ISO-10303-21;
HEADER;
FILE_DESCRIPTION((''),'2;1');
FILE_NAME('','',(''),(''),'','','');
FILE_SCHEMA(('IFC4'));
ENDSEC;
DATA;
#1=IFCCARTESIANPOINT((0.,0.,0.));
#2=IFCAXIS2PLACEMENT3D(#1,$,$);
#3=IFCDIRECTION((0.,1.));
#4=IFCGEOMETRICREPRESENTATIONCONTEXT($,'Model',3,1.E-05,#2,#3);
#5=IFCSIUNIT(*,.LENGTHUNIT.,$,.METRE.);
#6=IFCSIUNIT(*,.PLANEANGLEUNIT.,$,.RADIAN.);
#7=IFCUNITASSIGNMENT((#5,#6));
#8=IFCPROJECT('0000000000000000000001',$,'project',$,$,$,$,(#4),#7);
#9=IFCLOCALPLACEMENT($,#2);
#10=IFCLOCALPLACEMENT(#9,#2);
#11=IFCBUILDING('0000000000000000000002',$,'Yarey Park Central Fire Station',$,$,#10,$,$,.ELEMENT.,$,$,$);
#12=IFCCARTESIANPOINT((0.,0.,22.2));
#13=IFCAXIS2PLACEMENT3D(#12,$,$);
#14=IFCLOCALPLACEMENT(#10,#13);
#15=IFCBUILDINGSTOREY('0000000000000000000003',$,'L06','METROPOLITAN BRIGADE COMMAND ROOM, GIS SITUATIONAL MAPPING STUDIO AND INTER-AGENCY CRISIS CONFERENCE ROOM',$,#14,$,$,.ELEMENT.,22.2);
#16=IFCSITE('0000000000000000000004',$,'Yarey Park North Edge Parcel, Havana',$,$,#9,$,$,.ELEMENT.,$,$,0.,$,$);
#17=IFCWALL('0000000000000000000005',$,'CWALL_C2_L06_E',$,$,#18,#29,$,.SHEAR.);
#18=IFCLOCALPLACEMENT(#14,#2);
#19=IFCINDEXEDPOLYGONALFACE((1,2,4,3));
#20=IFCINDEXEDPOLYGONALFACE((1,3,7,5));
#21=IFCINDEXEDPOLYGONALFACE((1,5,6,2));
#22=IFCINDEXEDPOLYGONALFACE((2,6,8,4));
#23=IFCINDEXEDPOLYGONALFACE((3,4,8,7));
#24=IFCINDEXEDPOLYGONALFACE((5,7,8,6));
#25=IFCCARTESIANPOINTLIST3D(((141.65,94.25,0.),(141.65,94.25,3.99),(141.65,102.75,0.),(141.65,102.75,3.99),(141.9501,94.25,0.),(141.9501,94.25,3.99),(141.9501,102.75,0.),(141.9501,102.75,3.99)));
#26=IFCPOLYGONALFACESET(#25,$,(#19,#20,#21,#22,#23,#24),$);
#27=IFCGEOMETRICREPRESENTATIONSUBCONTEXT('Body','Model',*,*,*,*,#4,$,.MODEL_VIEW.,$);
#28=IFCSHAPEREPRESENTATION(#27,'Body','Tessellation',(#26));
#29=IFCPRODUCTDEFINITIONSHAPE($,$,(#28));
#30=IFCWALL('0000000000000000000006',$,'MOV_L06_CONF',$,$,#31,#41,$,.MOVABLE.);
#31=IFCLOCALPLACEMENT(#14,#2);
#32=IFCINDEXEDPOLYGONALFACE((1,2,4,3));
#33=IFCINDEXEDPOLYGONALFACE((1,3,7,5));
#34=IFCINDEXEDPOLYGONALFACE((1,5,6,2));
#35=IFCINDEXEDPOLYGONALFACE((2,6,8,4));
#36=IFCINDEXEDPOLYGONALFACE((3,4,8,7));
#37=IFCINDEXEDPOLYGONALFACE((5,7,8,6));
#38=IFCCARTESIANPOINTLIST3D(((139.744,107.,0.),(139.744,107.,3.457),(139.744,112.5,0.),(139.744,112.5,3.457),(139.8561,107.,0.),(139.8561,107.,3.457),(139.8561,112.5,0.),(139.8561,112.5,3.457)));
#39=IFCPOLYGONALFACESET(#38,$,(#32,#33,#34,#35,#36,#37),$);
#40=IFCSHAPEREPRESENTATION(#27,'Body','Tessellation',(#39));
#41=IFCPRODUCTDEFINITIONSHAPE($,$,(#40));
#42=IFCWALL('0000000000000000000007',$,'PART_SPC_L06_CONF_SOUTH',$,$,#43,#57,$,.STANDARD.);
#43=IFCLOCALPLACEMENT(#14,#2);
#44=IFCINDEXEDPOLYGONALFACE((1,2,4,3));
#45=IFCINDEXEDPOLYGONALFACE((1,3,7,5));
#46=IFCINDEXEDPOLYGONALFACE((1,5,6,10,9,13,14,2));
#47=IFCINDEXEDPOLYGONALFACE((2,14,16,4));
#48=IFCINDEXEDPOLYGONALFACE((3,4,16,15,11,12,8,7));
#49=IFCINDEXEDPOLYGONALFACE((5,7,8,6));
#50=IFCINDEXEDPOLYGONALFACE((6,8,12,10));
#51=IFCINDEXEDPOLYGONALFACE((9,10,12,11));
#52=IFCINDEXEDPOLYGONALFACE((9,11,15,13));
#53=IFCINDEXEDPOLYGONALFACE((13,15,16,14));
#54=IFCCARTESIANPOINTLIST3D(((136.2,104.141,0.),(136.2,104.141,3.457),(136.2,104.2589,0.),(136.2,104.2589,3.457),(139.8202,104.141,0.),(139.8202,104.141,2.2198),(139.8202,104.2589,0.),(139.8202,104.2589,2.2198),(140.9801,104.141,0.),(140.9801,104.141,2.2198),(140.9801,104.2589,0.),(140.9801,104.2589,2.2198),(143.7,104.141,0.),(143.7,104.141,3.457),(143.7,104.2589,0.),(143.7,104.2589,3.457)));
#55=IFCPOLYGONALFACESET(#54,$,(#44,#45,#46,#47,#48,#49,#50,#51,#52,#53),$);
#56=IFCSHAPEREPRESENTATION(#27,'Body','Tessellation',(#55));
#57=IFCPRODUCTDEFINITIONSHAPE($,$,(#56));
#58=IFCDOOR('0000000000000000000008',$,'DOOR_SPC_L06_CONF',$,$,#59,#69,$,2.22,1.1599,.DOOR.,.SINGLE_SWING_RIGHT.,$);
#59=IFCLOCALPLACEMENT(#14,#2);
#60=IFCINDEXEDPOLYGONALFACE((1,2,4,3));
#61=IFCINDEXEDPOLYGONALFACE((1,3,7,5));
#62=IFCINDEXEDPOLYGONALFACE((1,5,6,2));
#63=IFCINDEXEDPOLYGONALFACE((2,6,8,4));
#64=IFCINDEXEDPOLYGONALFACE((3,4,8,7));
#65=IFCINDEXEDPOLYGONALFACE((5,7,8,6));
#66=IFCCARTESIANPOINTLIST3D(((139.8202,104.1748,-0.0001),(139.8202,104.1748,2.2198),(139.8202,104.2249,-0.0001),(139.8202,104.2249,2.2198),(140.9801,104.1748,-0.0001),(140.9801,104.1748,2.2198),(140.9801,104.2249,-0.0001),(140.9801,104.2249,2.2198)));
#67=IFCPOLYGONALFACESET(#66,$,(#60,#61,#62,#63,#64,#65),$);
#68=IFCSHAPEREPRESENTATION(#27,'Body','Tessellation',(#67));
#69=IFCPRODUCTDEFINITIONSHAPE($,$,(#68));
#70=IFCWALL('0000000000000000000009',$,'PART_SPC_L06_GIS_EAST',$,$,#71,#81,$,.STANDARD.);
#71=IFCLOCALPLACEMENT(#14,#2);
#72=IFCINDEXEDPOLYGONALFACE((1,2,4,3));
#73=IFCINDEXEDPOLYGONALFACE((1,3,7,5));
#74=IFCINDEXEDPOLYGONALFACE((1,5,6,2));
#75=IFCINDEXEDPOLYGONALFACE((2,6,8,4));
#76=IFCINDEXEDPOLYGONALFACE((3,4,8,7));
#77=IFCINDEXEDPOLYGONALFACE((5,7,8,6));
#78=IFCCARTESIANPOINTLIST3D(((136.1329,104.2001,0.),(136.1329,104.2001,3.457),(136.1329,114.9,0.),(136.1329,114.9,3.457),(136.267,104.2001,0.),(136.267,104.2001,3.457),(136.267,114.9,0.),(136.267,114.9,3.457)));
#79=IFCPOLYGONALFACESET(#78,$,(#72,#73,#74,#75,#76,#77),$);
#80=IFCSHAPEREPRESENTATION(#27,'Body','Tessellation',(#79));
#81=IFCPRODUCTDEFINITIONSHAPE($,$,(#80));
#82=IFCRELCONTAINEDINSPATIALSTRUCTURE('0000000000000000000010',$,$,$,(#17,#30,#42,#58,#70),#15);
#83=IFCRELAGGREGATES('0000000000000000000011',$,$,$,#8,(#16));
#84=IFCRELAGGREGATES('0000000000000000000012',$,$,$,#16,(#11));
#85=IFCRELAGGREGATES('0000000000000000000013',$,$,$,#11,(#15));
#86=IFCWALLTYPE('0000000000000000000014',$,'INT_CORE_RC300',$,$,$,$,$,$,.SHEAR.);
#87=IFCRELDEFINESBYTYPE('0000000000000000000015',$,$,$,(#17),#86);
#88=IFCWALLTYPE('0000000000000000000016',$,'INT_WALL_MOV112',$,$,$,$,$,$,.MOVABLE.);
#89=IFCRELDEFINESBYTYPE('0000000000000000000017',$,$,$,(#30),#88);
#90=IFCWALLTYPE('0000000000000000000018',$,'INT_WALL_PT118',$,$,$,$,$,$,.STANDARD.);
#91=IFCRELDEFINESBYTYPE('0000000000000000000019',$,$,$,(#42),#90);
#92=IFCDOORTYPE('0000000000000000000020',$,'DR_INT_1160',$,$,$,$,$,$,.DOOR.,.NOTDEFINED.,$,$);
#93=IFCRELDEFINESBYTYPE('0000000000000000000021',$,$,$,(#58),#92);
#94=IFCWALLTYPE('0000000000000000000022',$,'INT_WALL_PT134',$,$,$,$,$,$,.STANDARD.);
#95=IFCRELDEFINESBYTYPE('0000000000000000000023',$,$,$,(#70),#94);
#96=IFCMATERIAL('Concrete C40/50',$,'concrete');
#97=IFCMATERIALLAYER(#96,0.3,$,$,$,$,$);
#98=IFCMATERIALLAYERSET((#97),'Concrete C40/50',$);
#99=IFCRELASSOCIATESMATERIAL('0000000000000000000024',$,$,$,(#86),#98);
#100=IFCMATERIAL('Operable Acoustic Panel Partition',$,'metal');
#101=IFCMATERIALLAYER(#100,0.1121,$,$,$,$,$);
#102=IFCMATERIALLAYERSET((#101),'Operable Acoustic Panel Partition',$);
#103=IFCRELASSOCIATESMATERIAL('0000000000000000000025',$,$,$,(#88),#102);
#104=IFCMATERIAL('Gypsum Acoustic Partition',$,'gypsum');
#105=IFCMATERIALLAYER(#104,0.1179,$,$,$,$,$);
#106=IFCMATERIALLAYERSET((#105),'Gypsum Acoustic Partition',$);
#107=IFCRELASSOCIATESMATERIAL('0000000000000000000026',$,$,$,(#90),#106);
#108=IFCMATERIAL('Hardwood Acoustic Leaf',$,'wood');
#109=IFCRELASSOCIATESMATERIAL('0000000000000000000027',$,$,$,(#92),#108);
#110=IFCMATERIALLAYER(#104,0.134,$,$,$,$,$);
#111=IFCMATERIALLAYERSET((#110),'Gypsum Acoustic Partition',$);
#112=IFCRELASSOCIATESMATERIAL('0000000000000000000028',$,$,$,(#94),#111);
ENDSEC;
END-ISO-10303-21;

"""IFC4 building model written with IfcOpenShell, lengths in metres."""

from ifc_helpers import new_model, si_unit, direction, frame, frame_2d, origin, place, context, subcontext, project, spatial, rectangle, extrude, material, layer, layer_set, type_object, element, fill, save


model = new_model("IFC4")

# Units and contexts
model_context = context("Model", 3, precision=1e-05, world=origin(), true_north=direction((0.0, 1.0)))
body_context = subcontext(model_context, "Body", "Model", "MODEL_VIEW")
ifc_project = project(units=[si_unit("LENGTHUNIT", "METRE"), si_unit("PLANEANGLEUNIT", "RADIAN")], contexts=[model_context])

# Site, building, storey
site_placement = place(None, origin())
site = spatial("IfcSite", under=ifc_project, at=site_placement, Name="Yarey Park North Edge Parcel, Havana", CompositionType="ELEMENT", RefElevation=0.0)
building_placement = place(site_placement, origin())
building = spatial("IfcBuilding", under=site, at=building_placement, Name="Yarey Park Central Fire Station", CompositionType="ELEMENT")
storey_placement = place(building_placement, frame((0.0, 0.0, 22.2)))
storey = spatial("IfcBuildingStorey", under=building, at=storey_placement, Name="L06", Description="METROPOLITAN BRIGADE COMMAND ROOM, GIS SITUATIONAL MAPPING STUDIO AND INTER-AGENCY CRISIS CONFERENCE ROOM", CompositionType="ELEMENT", Elevation=22.2)

# Shared definitions
ifc_material_1 = material(Name="Concrete C40/50", Category="concrete")

# Shared definitions
ifc_layer_1 = layer(ifc_material_1, 0.3)
ifc_layer_set_1 = layer_set([ifc_layer_1], Name="Concrete C40/50")
wall_type_1 = type_object("IfcWallType", Name="INT_CORE_RC300", PredefinedType="SHEAR", material=ifc_layer_set_1)

# Walls
wall_1_placement = place(storey_placement, frame((141.8, 94.25, 0.0), z_axis=(0.0, 0.0, 1.0), x_axis=(0.0, 1.0, 0.0)))
element("IfcWall", 1, at=wall_1_placement, inside=storey, type_object=wall_type_1, Name="CWALL_C2_L06_E", PredefinedType="SHEAR", context=body_context, shape_type="SweptSolid", body=[
    extrude(rectangle(XDim=8.5, YDim=0.3, at=frame_2d((4.25, 0.0))), origin(), (0.0, 0.0, 1.0), 3.99),
])
ifc_material_2 = material(Name="Operable Acoustic Panel Partition", Category="metal")
ifc_layer_2 = layer(ifc_material_2, 0.1121)
ifc_layer_set_2 = layer_set([ifc_layer_2], Name="Operable Acoustic Panel Partition")
wall_type_2 = type_object("IfcWallType", Name="INT_WALL_MOV112", PredefinedType="MOVABLE", material=ifc_layer_set_2)
wall_2_placement = place(storey_placement, frame((139.8, 107.0, 0.0), z_axis=(0.0, 0.0, 1.0), x_axis=(0.0, 1.0, 0.0)))
element("IfcWall", 2, at=wall_2_placement, inside=storey, type_object=wall_type_2, Name="MOV_L06_CONF", PredefinedType="MOVABLE", context=body_context, shape_type="SweptSolid", body=[
    extrude(rectangle(XDim=5.5, YDim=0.1121, at=frame_2d((2.75, 0.0))), origin(), (0.0, 0.0, 1.0), 3.457),
])

# Wall, opening, door
ifc_material_3 = material(Name="Gypsum Acoustic Partition", Category="gypsum")
ifc_layer_3 = layer(ifc_material_3, 0.1179)
ifc_layer_set_3 = layer_set([ifc_layer_3], Name="Gypsum Acoustic Partition")
wall_type_3 = type_object("IfcWallType", Name="INT_WALL_PT118", PredefinedType="STANDARD", material=ifc_layer_set_3)
wall_3_placement = place(storey_placement, frame((136.2, 104.2, 0.0), z_axis=(0.0, 0.0, 1.0), x_axis=(1.0, 0.0, 0.0)))
wall_3 = element("IfcWall", 3, at=wall_3_placement, inside=storey, type_object=wall_type_3, Name="PART_SPC_L06_CONF_SOUTH", PredefinedType="STANDARD", context=body_context, shape_type="SweptSolid", body=[
    extrude(rectangle(XDim=7.5, YDim=0.1179, at=frame_2d((3.75, 0.0))), origin(), (0.0, 0.0, 1.0), 3.457),
])
opening_1_placement = place(wall_3_placement, frame((3.6201, 0.0, 0.0)))
opening_1 = element("IfcOpeningElement", 4, at=opening_1_placement, cuts=wall_3, PredefinedType="OPENING", context=body_context, shape_type="SweptSolid", body=[
    extrude(rectangle(XDim=1.1599, YDim=2.22, at=frame_2d((0.5801, 1.1099))), frame((0.0, 0.0688, 0.0), z_axis=(0.0, -1.0, 0.0), x_axis=(1.0, 0.0, 0.0)), (0.0, 0.0, 1.0), 0.1379),
])
ifc_material_4 = material(Name="Hardwood Acoustic Leaf", Category="wood")
door_type_1 = type_object("IfcDoorType", Name="DR_INT_1160", OperationType="NOTDEFINED", PredefinedType="DOOR", material=ifc_material_4)
door_1_placement = place(opening_1_placement, origin())
door_1 = element("IfcDoor", 5, at=door_1_placement, inside=storey, type_object=door_type_1, Name="DOOR_SPC_L06_CONF", OperationType="SINGLE_SWING_RIGHT", OverallHeight=2.22, OverallWidth=1.1599, PredefinedType="DOOR", context=body_context, shape_type="SweptSolid", body=[
    extrude(rectangle(XDim=1.1599, YDim=2.22, at=frame_2d((0.5801, 1.1099))), frame((0.0, 0.0249, 0.0), z_axis=(0.0, -1.0, 0.0), x_axis=(1.0, 0.0, 0.0)), (0.0, 0.0, 1.0), 0.05),
])
fill(opening_1, door_1)

# Wall
ifc_layer_4 = layer(ifc_material_3, 0.134)
ifc_layer_set_4 = layer_set([ifc_layer_4], Name="Gypsum Acoustic Partition")
wall_type_4 = type_object("IfcWallType", Name="INT_WALL_PT134", PredefinedType="STANDARD", material=ifc_layer_set_4)
wall_4_placement = place(storey_placement, frame((136.2, 104.2, 0.0), z_axis=(0.0, 0.0, 1.0), x_axis=(0.0, 1.0, 0.0)))
element("IfcWall", 6, at=wall_4_placement, inside=storey, type_object=wall_type_4, Name="PART_SPC_L06_GIS_EAST", PredefinedType="STANDARD", context=body_context, shape_type="SweptSolid", body=[
    extrude(rectangle(XDim=10.7, YDim=0.134, at=frame_2d((5.3501, 0.0))), origin(), (0.0, 0.0, 1.0), 3.457),
])

save(model, "model.ifc")
